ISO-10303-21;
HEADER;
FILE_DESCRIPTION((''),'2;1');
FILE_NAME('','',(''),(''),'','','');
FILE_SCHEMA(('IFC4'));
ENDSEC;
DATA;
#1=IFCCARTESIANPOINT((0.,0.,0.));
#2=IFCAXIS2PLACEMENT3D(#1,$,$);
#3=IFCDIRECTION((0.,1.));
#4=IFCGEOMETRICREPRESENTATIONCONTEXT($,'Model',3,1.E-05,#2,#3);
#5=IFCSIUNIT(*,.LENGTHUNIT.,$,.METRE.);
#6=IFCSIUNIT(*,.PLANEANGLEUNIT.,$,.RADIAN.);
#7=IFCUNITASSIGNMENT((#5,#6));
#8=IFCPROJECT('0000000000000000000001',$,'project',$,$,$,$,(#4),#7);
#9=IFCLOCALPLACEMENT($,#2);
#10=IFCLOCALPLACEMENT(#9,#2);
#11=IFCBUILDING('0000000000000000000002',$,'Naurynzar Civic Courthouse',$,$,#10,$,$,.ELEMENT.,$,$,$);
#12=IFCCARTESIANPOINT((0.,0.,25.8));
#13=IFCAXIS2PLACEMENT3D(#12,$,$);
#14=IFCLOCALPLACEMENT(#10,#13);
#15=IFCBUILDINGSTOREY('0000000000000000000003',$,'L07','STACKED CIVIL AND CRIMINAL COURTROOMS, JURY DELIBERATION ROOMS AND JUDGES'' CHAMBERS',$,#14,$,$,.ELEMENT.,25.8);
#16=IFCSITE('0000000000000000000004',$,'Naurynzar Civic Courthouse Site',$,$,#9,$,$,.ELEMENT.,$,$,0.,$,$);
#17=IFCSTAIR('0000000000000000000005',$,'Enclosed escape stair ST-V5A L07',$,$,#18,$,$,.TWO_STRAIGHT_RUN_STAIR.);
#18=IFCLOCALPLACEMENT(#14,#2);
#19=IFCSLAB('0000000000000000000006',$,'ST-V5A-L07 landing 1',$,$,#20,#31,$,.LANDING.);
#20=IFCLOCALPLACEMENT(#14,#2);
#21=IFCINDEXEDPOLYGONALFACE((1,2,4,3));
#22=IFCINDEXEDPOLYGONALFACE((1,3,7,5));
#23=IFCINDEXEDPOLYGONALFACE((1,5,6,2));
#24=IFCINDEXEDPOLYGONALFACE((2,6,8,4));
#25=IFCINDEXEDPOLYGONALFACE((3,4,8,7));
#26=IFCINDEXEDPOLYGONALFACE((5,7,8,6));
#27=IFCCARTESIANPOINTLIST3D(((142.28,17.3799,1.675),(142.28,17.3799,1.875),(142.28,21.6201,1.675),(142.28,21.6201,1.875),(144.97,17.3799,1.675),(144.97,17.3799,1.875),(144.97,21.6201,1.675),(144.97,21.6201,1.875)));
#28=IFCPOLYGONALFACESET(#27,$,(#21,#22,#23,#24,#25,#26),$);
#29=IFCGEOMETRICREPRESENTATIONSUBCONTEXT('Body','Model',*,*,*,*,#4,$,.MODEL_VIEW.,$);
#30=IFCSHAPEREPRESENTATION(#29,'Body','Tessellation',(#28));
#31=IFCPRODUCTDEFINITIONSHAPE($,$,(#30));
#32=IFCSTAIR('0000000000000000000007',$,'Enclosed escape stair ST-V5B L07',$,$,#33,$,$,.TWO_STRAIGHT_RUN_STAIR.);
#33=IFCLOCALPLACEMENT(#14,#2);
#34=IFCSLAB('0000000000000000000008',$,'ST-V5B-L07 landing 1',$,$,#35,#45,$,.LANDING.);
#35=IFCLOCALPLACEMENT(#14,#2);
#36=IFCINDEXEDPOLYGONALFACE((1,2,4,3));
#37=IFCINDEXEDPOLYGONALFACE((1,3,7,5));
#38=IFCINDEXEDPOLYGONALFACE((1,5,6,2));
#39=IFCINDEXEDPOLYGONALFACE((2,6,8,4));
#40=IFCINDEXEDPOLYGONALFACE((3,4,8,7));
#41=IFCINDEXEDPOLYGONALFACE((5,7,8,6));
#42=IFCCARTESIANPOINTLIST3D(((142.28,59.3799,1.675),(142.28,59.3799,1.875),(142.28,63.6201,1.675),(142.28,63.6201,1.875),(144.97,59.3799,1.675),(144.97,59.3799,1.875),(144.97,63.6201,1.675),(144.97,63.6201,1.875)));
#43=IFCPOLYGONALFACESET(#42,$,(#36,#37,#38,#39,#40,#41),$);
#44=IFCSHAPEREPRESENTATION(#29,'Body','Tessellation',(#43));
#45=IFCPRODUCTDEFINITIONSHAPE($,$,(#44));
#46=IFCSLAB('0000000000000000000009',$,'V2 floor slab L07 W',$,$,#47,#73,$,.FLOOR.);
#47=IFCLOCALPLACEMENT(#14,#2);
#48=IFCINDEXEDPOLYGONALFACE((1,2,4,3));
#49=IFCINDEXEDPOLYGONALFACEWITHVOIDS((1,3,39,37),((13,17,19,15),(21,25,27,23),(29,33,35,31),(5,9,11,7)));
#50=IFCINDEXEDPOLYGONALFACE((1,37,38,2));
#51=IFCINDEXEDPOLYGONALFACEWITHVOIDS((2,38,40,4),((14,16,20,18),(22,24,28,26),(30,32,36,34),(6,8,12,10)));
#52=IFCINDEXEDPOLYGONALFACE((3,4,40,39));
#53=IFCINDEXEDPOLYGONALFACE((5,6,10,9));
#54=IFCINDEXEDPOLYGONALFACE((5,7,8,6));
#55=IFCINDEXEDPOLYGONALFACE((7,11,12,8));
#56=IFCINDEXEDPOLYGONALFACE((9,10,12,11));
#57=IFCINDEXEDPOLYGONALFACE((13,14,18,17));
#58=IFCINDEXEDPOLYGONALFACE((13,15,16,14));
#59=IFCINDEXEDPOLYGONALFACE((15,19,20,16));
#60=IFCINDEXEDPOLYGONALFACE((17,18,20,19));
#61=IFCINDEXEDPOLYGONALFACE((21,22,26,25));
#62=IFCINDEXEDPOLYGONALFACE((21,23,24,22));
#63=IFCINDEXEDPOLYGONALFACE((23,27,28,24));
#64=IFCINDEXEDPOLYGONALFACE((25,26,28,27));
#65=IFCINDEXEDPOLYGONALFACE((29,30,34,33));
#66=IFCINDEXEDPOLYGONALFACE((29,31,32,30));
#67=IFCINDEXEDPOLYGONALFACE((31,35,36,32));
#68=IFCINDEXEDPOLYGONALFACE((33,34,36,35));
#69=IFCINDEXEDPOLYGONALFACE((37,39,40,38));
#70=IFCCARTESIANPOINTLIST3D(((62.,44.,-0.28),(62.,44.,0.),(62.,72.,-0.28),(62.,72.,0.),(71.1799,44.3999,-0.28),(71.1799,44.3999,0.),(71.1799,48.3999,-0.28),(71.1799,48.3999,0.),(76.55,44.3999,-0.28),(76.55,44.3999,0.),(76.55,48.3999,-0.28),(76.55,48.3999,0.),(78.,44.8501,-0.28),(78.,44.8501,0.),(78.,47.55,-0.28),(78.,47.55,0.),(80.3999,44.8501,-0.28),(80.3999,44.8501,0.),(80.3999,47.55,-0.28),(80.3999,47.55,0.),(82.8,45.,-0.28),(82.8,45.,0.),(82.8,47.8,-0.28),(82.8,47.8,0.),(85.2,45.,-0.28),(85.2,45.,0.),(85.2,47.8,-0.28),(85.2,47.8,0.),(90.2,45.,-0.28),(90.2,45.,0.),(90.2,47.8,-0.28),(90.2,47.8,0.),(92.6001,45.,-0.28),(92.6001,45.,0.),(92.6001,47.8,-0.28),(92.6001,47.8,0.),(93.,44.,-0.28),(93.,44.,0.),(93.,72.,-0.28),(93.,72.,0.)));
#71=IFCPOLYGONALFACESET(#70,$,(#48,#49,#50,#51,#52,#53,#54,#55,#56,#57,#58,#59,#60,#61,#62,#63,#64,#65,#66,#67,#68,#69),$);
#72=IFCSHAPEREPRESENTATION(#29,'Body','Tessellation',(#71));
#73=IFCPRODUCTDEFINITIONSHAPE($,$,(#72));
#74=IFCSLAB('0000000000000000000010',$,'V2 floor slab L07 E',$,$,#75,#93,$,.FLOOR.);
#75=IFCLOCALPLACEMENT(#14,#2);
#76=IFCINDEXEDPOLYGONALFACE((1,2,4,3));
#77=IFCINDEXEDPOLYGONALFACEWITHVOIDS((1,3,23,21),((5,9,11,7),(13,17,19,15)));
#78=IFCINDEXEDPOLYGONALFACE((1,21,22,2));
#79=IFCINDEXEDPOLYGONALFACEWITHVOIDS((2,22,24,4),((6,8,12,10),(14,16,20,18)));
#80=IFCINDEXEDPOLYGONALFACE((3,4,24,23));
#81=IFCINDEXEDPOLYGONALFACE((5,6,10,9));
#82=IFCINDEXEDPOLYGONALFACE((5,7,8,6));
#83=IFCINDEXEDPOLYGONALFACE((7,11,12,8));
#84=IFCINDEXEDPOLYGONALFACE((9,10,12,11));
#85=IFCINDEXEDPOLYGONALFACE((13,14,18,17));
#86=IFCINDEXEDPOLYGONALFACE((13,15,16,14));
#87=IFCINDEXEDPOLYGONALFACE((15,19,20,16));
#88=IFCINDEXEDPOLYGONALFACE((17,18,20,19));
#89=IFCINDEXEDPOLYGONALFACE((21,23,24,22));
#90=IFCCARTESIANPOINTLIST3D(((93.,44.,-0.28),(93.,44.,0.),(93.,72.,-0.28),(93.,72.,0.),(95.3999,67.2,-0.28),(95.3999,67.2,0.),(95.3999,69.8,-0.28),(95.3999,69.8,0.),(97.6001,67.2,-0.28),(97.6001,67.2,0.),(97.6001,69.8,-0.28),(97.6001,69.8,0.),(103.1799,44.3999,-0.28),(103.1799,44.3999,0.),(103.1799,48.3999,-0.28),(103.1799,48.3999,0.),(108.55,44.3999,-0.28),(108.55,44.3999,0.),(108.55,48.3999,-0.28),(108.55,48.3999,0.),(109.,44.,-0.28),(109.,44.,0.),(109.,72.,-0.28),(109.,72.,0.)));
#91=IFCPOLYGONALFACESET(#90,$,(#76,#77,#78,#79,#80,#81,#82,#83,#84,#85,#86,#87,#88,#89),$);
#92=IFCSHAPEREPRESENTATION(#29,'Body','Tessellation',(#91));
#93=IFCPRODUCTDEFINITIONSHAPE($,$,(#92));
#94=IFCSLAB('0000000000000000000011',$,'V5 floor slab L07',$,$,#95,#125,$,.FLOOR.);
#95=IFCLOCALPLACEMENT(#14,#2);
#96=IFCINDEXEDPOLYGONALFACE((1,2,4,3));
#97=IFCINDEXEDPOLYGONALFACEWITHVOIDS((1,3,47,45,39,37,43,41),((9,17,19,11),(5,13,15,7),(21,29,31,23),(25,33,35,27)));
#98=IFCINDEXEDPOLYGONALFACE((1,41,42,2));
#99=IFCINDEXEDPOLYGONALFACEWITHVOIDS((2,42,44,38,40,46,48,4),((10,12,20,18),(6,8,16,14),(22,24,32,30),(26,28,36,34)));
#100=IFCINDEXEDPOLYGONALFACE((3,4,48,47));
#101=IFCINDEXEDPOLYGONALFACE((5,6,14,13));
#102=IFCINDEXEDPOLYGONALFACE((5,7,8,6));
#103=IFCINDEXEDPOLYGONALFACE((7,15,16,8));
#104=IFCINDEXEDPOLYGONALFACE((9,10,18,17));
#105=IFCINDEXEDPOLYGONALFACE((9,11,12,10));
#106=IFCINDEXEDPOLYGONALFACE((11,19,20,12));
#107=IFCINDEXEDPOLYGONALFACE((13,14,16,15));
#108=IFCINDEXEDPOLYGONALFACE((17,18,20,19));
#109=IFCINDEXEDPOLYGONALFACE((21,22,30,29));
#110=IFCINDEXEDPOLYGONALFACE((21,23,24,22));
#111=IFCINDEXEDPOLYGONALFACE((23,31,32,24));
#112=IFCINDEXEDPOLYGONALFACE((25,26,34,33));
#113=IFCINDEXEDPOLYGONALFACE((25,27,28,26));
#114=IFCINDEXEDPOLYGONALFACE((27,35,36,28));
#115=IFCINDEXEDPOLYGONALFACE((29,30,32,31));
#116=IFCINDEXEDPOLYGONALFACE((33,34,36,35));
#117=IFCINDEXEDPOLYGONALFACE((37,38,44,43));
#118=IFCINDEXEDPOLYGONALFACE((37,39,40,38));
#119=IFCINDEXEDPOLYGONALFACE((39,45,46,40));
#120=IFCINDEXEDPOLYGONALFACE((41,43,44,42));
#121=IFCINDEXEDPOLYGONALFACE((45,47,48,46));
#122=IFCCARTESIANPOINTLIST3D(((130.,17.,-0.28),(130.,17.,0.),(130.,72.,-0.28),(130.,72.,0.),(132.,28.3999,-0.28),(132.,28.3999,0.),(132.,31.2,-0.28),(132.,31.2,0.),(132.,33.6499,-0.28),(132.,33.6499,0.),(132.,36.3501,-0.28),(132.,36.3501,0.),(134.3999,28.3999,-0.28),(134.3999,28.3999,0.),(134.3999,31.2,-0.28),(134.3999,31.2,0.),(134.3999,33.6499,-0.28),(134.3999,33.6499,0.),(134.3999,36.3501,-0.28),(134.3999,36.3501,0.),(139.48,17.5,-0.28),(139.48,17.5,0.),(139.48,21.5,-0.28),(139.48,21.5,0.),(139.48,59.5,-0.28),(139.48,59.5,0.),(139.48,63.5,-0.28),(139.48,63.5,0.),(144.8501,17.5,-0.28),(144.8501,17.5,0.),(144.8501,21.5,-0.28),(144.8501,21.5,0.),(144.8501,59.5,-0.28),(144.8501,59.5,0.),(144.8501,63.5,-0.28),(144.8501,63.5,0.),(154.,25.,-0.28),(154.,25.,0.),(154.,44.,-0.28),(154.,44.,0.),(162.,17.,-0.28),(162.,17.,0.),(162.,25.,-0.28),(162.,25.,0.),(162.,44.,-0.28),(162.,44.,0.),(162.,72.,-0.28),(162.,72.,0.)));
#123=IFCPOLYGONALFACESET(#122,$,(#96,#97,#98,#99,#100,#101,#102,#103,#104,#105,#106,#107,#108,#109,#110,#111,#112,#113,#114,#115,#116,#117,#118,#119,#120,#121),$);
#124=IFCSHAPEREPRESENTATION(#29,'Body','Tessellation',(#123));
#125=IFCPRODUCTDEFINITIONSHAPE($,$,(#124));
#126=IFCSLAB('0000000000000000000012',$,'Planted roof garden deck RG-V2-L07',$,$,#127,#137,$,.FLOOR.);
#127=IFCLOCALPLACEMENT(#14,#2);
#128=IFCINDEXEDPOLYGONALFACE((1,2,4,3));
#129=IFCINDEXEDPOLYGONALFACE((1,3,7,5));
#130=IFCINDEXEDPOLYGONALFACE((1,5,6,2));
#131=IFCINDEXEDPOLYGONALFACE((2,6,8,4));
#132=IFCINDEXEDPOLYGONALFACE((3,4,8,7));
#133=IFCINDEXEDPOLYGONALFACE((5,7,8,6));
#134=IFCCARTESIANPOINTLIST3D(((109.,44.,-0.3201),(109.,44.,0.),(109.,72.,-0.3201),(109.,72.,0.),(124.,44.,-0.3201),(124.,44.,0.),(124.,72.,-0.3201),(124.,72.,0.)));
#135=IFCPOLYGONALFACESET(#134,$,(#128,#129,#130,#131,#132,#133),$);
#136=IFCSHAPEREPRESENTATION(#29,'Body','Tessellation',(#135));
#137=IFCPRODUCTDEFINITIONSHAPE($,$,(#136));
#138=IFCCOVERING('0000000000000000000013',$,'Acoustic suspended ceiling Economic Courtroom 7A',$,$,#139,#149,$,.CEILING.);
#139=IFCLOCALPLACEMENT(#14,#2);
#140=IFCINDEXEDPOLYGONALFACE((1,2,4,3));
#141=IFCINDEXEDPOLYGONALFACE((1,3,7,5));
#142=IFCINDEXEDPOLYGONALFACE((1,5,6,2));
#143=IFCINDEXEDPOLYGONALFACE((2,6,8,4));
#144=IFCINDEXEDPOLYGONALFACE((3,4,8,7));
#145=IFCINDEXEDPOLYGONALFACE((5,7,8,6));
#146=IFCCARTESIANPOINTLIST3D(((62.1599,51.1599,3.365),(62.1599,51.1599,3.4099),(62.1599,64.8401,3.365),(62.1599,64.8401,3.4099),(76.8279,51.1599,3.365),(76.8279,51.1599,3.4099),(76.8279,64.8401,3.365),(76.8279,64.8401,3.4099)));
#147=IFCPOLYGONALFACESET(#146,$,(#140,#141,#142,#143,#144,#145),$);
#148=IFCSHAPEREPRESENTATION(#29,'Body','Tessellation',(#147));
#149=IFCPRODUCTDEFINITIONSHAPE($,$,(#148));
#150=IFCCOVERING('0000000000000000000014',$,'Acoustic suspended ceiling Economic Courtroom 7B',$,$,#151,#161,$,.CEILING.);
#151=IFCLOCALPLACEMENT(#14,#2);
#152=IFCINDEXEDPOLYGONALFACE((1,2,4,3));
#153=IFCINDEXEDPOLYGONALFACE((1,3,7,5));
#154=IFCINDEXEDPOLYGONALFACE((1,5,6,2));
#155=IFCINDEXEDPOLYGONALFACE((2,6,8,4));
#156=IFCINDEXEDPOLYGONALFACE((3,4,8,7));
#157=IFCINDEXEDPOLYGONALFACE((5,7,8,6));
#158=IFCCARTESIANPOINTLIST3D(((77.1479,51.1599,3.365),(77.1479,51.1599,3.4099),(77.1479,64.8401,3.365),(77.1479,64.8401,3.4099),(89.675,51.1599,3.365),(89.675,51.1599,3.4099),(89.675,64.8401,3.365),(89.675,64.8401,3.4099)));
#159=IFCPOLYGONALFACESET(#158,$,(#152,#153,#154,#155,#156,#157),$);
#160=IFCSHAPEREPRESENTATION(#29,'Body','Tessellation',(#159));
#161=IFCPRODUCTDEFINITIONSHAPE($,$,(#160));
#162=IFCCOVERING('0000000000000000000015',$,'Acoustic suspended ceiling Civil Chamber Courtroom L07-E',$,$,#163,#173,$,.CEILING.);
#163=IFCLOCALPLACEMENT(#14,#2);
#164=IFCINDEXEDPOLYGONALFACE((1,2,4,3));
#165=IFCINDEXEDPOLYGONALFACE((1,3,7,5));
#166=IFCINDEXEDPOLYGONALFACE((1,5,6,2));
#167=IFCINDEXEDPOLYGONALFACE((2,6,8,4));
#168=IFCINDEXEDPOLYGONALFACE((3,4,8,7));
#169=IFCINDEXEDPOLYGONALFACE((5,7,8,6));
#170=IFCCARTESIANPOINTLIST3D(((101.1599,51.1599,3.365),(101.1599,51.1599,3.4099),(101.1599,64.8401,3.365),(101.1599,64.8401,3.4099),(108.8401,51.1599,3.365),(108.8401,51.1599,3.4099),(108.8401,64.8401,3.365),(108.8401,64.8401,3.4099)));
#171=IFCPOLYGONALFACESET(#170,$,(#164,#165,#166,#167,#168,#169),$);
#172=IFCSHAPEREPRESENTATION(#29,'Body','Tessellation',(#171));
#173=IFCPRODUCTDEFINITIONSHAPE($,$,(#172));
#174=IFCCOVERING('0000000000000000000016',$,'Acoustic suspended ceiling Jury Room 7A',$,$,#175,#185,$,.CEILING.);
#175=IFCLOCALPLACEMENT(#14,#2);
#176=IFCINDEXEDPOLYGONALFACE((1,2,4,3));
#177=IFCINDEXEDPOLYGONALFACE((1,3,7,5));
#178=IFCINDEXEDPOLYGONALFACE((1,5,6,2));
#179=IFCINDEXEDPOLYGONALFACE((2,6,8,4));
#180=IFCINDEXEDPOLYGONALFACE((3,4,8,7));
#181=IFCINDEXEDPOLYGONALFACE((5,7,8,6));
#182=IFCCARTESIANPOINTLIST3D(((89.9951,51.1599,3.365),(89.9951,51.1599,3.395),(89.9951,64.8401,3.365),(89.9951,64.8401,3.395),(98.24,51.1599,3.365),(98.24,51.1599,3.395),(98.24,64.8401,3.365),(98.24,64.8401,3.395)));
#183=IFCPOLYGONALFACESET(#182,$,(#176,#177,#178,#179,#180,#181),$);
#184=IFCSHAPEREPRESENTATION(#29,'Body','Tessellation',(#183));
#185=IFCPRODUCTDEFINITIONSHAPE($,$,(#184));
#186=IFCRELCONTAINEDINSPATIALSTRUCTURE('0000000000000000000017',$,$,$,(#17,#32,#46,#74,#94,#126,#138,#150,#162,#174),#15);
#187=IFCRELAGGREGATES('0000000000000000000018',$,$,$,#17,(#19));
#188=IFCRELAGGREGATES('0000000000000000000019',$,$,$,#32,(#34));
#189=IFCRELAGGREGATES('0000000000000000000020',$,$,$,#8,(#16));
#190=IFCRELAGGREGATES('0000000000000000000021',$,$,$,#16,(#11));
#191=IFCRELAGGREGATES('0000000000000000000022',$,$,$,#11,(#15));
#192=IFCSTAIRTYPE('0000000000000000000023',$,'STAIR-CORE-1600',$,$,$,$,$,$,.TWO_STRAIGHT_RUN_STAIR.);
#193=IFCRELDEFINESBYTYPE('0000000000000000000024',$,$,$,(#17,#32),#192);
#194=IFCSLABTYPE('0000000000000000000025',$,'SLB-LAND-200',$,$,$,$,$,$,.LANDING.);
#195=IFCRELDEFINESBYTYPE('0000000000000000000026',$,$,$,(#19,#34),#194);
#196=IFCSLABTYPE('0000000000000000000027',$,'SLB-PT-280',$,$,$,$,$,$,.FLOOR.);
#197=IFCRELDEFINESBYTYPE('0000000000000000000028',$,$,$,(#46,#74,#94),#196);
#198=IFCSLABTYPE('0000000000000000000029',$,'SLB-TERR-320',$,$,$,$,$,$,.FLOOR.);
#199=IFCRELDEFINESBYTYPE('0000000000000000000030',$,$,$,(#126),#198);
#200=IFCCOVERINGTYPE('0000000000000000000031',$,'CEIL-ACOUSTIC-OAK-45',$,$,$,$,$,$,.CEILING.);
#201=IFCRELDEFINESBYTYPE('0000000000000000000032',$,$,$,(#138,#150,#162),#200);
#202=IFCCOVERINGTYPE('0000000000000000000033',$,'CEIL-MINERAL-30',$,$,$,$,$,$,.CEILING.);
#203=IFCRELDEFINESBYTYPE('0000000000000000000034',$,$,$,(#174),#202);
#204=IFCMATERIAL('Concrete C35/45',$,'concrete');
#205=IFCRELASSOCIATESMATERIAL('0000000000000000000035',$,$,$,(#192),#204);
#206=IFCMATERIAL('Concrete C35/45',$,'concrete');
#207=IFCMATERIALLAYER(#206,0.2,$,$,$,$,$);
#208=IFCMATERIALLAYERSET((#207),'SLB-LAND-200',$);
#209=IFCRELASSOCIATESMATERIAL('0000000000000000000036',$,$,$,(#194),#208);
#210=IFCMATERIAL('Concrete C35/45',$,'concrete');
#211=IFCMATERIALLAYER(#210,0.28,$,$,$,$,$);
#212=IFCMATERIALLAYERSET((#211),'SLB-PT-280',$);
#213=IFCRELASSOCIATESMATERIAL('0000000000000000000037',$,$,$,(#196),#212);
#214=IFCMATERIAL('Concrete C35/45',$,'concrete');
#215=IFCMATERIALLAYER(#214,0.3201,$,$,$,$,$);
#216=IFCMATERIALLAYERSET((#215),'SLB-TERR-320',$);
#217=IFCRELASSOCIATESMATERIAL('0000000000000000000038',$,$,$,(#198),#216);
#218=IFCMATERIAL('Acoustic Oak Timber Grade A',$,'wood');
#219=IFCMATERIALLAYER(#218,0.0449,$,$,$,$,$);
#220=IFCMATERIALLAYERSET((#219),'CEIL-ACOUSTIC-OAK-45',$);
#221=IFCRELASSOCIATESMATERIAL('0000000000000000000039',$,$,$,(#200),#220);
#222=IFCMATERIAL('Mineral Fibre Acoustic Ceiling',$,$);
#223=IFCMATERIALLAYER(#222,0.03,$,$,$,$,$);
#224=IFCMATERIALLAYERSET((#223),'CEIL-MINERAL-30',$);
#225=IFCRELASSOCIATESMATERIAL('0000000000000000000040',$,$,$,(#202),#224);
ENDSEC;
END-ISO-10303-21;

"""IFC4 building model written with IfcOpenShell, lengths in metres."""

from ifc_helpers import new_model, si_unit, direction, frame, origin, place, context, subcontext, project, spatial, polyline, outline, extrude, material, layer, layer_set, type_object, element, aggregate, save


model = new_model("IFC4")

# Units and contexts
model_context = context("Model", 3, precision=1e-05, world=origin(), true_north=direction((0.0, 1.0)))
body_context = subcontext(model_context, "Body", "Model", "MODEL_VIEW")
ifc_project = project(units=[si_unit("LENGTHUNIT", "METRE"), si_unit("PLANEANGLEUNIT", "RADIAN")], contexts=[model_context])

# Site, building, storey
site_placement = place(None, origin())
site = spatial("IfcSite", under=ifc_project, at=site_placement, Name="Naurynzar Civic Courthouse Site", CompositionType="ELEMENT", RefElevation=0.0)
building_placement = place(site_placement, origin())
building = spatial("IfcBuilding", under=site, at=building_placement, Name="Naurynzar Civic Courthouse", CompositionType="ELEMENT")
storey_placement = place(building_placement, frame((0.0, 0.0, 25.8)))
storey = spatial("IfcBuildingStorey", under=building, at=storey_placement, Name="L07", Description="STACKED CIVIL AND CRIMINAL COURTROOMS, JURY DELIBERATION ROOMS AND JUDGES' CHAMBERS", CompositionType="ELEMENT", Elevation=25.8)

# Stairs, slabs
ifc_material_1 = material(Name="Concrete C35/45", Category="concrete")
stair_type = type_object("IfcStairType", Name="STAIR-CORE-1600", PredefinedType="TWO_STRAIGHT_RUN_STAIR", material=ifc_material_1)
ifc_material_2 = material(Name="Concrete C35/45", Category="concrete")
ifc_layer_1 = layer(ifc_material_2, 0.2)
ifc_layer_set_1 = layer_set([ifc_layer_1], Name="SLB-LAND-200")
slab_type_1 = type_object("IfcSlabType", Name="SLB-LAND-200", PredefinedType="LANDING", material=ifc_layer_set_1)
stair_1_placement = place(storey_placement, origin())
stair_1 = element("IfcStair", 1, at=stair_1_placement, inside=storey, type_object=stair_type, Name="Enclosed escape stair ST-V5A L07", PredefinedType="TWO_STRAIGHT_RUN_STAIR")
slab_1_placement = place(storey_placement, frame((0.0, 0.0, 1.675)))
slab_1 = element("IfcSlab", 2, at=slab_1_placement, type_object=slab_type_1, Name="ST-V5A-L07 landing 1", PredefinedType="LANDING", context=body_context, shape_type="SweptSolid", body=[
    extrude(outline(polyline([(142.28, 17.3799), (144.97, 17.3799), (144.97, 21.6201), (142.28, 21.6201), (142.28, 17.3799)])), origin(), (0.0, 0.0, 1.0), 0.2),
])
aggregate(stair_1, [slab_1])
stair_2_placement = place(storey_placement, origin())
stair_2 = element("IfcStair", 3, at=stair_2_placement, inside=storey, type_object=stair_type, Name="Enclosed escape stair ST-V5B L07", PredefinedType="TWO_STRAIGHT_RUN_STAIR")
slab_2_placement = place(storey_placement, frame((0.0, 0.0, 1.675)))
slab_2 = element("IfcSlab", 4, at=slab_2_placement, type_object=slab_type_1, Name="ST-V5B-L07 landing 1", PredefinedType="LANDING", context=body_context, shape_type="SweptSolid", body=[
    extrude(outline(polyline([(142.28, 59.3799), (144.97, 59.3799), (144.97, 63.6201), (142.28, 63.6201), (142.28, 59.3799)])), origin(), (0.0, 0.0, 1.0), 0.2),
])
aggregate(stair_2, [slab_2])

# Slabs
ifc_material_3 = material(Name="Concrete C35/45", Category="concrete")
ifc_layer_2 = layer(ifc_material_3, 0.28)
ifc_layer_set_2 = layer_set([ifc_layer_2], Name="SLB-PT-280")
slab_type_2 = type_object("IfcSlabType", Name="SLB-PT-280", PredefinedType="FLOOR", material=ifc_layer_set_2)
slab_3_placement = place(storey_placement, frame((0.0, 0.0, -0.28)))
element("IfcSlab", 5, at=slab_3_placement, inside=storey, type_object=slab_type_2, Name="V2 floor slab L07 W", PredefinedType="FLOOR", context=body_context, shape_type="SweptSolid", body=[
    extrude(outline(polyline([(93.0, 44.0), (93.0, 72.0), (62.0, 72.0), (62.0, 44.0), (93.0, 44.0)]), holes=[polyline([(71.1799, 44.3999), (76.55, 44.3999), (76.55, 48.3999), (71.1799, 48.3999), (71.1799, 44.3999)]), polyline([(78.0, 44.8501), (80.3999, 44.8501), (80.3999, 47.55), (78.0, 47.55), (78.0, 44.8501)]), polyline([(82.8, 45.0), (85.2, 45.0), (85.2, 47.8), (82.8, 47.8), (82.8, 45.0)]), polyline([(90.2, 45.0), (92.6001, 45.0), (92.6001, 47.8), (90.2, 47.8), (90.2, 45.0)])]), origin(), (0.0, 0.0, 1.0), 0.28),
])
slab_4_placement = place(storey_placement, frame((0.0, 0.0, -0.28)))
element("IfcSlab", 6, at=slab_4_placement, inside=storey, type_object=slab_type_2, Name="V2 floor slab L07 E", PredefinedType="FLOOR", context=body_context, shape_type="SweptSolid", body=[
    extrude(outline(polyline([(109.0, 44.0), (109.0, 72.0), (93.0, 72.0), (93.0, 44.0), (109.0, 44.0)]), holes=[polyline([(103.1799, 44.3999), (108.55, 44.3999), (108.55, 48.3999), (103.1799, 48.3999), (103.1799, 44.3999)]), polyline([(95.3999, 67.2), (97.6001, 67.2), (97.6001, 69.8), (95.3999, 69.8), (95.3999, 67.2)])]), origin(), (0.0, 0.0, 1.0), 0.28),
])
slab_5_placement = place(storey_placement, frame((0.0, 0.0, -0.28)))
element("IfcSlab", 7, at=slab_5_placement, inside=storey, type_object=slab_type_2, Name="V5 floor slab L07", PredefinedType="FLOOR", context=body_context, shape_type="SweptSolid", body=[
    extrude(outline(polyline([(162.0, 17.0), (130.0, 17.0), (130.0, 72.0), (162.0, 72.0), (162.0, 44.0), (154.0, 44.0), (154.0, 25.0), (162.0, 25.0), (162.0, 17.0)]), holes=[polyline([(139.48, 17.5), (144.8501, 17.5), (144.8501, 21.5), (139.48, 21.5), (139.48, 17.5)]), polyline([(139.48, 59.5), (144.8501, 59.5), (144.8501, 63.5), (139.48, 63.5), (139.48, 59.5)]), polyline([(132.0, 33.6499), (134.3999, 33.6499), (134.3999, 36.3501), (132.0, 36.3501), (132.0, 33.6499)]), polyline([(132.0, 28.3999), (134.3999, 28.3999), (134.3999, 31.2), (132.0, 31.2), (132.0, 28.3999)])]), origin(), (0.0, 0.0, 1.0), 0.28),
])
ifc_material_4 = material(Name="Concrete C35/45", Category="concrete")
ifc_layer_3 = layer(ifc_material_4, 0.3201)
ifc_layer_set_3 = layer_set([ifc_layer_3], Name="SLB-TERR-320")
slab_type_3 = type_object("IfcSlabType", Name="SLB-TERR-320", PredefinedType="FLOOR", material=ifc_layer_set_3)
slab_6_placement = place(storey_placement, frame((0.0, 0.0, -0.3201)))
element("IfcSlab", 8, at=slab_6_placement, inside=storey, type_object=slab_type_3, Name="Planted roof garden deck RG-V2-L07", PredefinedType="FLOOR", context=body_context, shape_type="SweptSolid", body=[
    extrude(outline(polyline([(109.0, 44.0), (124.0, 44.0), (124.0, 72.0), (109.0, 72.0), (109.0, 44.0)])), origin(), (0.0, 0.0, 1.0), 0.3201),
])

# Coverings
ifc_material_5 = material(Name="Acoustic Oak Timber Grade A", Category="wood")
ifc_layer_4 = layer(ifc_material_5, 0.0449)
ifc_layer_set_4 = layer_set([ifc_layer_4], Name="CEIL-ACOUSTIC-OAK-45")
covering_type_1 = type_object("IfcCoveringType", Name="CEIL-ACOUSTIC-OAK-45", PredefinedType="CEILING", material=ifc_layer_set_4)
covering_1_placement = place(storey_placement, frame((0.0, 0.0, 3.365)))
element("IfcCovering", 9, at=covering_1_placement, inside=storey, type_object=covering_type_1, Name="Acoustic suspended ceiling Economic Courtroom 7A", PredefinedType="CEILING", context=body_context, shape_type="SweptSolid", body=[
    extrude(outline(polyline([(76.8279, 51.1599), (62.1599, 51.1599), (62.1599, 64.8401), (76.8279, 64.8401), (76.8279, 51.1599)])), origin(), (0.0, 0.0, 1.0), 0.0449),
])
covering_2_placement = place(storey_placement, frame((0.0, 0.0, 3.365)))
element("IfcCovering", 10, at=covering_2_placement, inside=storey, type_object=covering_type_1, Name="Acoustic suspended ceiling Economic Courtroom 7B", PredefinedType="CEILING", context=body_context, shape_type="SweptSolid", body=[
    extrude(outline(polyline([(89.675, 51.1599), (77.1479, 51.1599), (77.1479, 64.8401), (89.675, 64.8401), (89.675, 51.1599)])), origin(), (0.0, 0.0, 1.0), 0.0449),
])
covering_3_placement = place(storey_placement, frame((0.0, 0.0, 3.365)))
element("IfcCovering", 11, at=covering_3_placement, inside=storey, type_object=covering_type_1, Name="Acoustic suspended ceiling Civil Chamber Courtroom L07-E", PredefinedType="CEILING", context=body_context, shape_type="SweptSolid", body=[
    extrude(outline(polyline([(108.8401, 51.1599), (101.1599, 51.1599), (101.1599, 64.8401), (108.8401, 64.8401), (108.8401, 51.1599)])), origin(), (0.0, 0.0, 1.0), 0.0449),
])
ifc_material_6 = material(Name="Mineral Fibre Acoustic Ceiling")
ifc_layer_5 = layer(ifc_material_6, 0.03)
ifc_layer_set_5 = layer_set([ifc_layer_5], Name="CEIL-MINERAL-30")
covering_type_2 = type_object("IfcCoveringType", Name="CEIL-MINERAL-30", PredefinedType="CEILING", material=ifc_layer_set_5)
covering_4_placement = place(storey_placement, frame((0.0, 0.0, 3.365)))
element("IfcCovering", 12, at=covering_4_placement, inside=storey, type_object=covering_type_2, Name="Acoustic suspended ceiling Jury Room 7A", PredefinedType="CEILING", context=body_context, shape_type="SweptSolid", body=[
    extrude(outline(polyline([(98.24, 51.1599), (89.9951, 51.1599), (89.9951, 64.8401), (98.24, 64.8401), (98.24, 51.1599)])), origin(), (0.0, 0.0, 1.0), 0.03),
])

save(model, "model.ifc")
